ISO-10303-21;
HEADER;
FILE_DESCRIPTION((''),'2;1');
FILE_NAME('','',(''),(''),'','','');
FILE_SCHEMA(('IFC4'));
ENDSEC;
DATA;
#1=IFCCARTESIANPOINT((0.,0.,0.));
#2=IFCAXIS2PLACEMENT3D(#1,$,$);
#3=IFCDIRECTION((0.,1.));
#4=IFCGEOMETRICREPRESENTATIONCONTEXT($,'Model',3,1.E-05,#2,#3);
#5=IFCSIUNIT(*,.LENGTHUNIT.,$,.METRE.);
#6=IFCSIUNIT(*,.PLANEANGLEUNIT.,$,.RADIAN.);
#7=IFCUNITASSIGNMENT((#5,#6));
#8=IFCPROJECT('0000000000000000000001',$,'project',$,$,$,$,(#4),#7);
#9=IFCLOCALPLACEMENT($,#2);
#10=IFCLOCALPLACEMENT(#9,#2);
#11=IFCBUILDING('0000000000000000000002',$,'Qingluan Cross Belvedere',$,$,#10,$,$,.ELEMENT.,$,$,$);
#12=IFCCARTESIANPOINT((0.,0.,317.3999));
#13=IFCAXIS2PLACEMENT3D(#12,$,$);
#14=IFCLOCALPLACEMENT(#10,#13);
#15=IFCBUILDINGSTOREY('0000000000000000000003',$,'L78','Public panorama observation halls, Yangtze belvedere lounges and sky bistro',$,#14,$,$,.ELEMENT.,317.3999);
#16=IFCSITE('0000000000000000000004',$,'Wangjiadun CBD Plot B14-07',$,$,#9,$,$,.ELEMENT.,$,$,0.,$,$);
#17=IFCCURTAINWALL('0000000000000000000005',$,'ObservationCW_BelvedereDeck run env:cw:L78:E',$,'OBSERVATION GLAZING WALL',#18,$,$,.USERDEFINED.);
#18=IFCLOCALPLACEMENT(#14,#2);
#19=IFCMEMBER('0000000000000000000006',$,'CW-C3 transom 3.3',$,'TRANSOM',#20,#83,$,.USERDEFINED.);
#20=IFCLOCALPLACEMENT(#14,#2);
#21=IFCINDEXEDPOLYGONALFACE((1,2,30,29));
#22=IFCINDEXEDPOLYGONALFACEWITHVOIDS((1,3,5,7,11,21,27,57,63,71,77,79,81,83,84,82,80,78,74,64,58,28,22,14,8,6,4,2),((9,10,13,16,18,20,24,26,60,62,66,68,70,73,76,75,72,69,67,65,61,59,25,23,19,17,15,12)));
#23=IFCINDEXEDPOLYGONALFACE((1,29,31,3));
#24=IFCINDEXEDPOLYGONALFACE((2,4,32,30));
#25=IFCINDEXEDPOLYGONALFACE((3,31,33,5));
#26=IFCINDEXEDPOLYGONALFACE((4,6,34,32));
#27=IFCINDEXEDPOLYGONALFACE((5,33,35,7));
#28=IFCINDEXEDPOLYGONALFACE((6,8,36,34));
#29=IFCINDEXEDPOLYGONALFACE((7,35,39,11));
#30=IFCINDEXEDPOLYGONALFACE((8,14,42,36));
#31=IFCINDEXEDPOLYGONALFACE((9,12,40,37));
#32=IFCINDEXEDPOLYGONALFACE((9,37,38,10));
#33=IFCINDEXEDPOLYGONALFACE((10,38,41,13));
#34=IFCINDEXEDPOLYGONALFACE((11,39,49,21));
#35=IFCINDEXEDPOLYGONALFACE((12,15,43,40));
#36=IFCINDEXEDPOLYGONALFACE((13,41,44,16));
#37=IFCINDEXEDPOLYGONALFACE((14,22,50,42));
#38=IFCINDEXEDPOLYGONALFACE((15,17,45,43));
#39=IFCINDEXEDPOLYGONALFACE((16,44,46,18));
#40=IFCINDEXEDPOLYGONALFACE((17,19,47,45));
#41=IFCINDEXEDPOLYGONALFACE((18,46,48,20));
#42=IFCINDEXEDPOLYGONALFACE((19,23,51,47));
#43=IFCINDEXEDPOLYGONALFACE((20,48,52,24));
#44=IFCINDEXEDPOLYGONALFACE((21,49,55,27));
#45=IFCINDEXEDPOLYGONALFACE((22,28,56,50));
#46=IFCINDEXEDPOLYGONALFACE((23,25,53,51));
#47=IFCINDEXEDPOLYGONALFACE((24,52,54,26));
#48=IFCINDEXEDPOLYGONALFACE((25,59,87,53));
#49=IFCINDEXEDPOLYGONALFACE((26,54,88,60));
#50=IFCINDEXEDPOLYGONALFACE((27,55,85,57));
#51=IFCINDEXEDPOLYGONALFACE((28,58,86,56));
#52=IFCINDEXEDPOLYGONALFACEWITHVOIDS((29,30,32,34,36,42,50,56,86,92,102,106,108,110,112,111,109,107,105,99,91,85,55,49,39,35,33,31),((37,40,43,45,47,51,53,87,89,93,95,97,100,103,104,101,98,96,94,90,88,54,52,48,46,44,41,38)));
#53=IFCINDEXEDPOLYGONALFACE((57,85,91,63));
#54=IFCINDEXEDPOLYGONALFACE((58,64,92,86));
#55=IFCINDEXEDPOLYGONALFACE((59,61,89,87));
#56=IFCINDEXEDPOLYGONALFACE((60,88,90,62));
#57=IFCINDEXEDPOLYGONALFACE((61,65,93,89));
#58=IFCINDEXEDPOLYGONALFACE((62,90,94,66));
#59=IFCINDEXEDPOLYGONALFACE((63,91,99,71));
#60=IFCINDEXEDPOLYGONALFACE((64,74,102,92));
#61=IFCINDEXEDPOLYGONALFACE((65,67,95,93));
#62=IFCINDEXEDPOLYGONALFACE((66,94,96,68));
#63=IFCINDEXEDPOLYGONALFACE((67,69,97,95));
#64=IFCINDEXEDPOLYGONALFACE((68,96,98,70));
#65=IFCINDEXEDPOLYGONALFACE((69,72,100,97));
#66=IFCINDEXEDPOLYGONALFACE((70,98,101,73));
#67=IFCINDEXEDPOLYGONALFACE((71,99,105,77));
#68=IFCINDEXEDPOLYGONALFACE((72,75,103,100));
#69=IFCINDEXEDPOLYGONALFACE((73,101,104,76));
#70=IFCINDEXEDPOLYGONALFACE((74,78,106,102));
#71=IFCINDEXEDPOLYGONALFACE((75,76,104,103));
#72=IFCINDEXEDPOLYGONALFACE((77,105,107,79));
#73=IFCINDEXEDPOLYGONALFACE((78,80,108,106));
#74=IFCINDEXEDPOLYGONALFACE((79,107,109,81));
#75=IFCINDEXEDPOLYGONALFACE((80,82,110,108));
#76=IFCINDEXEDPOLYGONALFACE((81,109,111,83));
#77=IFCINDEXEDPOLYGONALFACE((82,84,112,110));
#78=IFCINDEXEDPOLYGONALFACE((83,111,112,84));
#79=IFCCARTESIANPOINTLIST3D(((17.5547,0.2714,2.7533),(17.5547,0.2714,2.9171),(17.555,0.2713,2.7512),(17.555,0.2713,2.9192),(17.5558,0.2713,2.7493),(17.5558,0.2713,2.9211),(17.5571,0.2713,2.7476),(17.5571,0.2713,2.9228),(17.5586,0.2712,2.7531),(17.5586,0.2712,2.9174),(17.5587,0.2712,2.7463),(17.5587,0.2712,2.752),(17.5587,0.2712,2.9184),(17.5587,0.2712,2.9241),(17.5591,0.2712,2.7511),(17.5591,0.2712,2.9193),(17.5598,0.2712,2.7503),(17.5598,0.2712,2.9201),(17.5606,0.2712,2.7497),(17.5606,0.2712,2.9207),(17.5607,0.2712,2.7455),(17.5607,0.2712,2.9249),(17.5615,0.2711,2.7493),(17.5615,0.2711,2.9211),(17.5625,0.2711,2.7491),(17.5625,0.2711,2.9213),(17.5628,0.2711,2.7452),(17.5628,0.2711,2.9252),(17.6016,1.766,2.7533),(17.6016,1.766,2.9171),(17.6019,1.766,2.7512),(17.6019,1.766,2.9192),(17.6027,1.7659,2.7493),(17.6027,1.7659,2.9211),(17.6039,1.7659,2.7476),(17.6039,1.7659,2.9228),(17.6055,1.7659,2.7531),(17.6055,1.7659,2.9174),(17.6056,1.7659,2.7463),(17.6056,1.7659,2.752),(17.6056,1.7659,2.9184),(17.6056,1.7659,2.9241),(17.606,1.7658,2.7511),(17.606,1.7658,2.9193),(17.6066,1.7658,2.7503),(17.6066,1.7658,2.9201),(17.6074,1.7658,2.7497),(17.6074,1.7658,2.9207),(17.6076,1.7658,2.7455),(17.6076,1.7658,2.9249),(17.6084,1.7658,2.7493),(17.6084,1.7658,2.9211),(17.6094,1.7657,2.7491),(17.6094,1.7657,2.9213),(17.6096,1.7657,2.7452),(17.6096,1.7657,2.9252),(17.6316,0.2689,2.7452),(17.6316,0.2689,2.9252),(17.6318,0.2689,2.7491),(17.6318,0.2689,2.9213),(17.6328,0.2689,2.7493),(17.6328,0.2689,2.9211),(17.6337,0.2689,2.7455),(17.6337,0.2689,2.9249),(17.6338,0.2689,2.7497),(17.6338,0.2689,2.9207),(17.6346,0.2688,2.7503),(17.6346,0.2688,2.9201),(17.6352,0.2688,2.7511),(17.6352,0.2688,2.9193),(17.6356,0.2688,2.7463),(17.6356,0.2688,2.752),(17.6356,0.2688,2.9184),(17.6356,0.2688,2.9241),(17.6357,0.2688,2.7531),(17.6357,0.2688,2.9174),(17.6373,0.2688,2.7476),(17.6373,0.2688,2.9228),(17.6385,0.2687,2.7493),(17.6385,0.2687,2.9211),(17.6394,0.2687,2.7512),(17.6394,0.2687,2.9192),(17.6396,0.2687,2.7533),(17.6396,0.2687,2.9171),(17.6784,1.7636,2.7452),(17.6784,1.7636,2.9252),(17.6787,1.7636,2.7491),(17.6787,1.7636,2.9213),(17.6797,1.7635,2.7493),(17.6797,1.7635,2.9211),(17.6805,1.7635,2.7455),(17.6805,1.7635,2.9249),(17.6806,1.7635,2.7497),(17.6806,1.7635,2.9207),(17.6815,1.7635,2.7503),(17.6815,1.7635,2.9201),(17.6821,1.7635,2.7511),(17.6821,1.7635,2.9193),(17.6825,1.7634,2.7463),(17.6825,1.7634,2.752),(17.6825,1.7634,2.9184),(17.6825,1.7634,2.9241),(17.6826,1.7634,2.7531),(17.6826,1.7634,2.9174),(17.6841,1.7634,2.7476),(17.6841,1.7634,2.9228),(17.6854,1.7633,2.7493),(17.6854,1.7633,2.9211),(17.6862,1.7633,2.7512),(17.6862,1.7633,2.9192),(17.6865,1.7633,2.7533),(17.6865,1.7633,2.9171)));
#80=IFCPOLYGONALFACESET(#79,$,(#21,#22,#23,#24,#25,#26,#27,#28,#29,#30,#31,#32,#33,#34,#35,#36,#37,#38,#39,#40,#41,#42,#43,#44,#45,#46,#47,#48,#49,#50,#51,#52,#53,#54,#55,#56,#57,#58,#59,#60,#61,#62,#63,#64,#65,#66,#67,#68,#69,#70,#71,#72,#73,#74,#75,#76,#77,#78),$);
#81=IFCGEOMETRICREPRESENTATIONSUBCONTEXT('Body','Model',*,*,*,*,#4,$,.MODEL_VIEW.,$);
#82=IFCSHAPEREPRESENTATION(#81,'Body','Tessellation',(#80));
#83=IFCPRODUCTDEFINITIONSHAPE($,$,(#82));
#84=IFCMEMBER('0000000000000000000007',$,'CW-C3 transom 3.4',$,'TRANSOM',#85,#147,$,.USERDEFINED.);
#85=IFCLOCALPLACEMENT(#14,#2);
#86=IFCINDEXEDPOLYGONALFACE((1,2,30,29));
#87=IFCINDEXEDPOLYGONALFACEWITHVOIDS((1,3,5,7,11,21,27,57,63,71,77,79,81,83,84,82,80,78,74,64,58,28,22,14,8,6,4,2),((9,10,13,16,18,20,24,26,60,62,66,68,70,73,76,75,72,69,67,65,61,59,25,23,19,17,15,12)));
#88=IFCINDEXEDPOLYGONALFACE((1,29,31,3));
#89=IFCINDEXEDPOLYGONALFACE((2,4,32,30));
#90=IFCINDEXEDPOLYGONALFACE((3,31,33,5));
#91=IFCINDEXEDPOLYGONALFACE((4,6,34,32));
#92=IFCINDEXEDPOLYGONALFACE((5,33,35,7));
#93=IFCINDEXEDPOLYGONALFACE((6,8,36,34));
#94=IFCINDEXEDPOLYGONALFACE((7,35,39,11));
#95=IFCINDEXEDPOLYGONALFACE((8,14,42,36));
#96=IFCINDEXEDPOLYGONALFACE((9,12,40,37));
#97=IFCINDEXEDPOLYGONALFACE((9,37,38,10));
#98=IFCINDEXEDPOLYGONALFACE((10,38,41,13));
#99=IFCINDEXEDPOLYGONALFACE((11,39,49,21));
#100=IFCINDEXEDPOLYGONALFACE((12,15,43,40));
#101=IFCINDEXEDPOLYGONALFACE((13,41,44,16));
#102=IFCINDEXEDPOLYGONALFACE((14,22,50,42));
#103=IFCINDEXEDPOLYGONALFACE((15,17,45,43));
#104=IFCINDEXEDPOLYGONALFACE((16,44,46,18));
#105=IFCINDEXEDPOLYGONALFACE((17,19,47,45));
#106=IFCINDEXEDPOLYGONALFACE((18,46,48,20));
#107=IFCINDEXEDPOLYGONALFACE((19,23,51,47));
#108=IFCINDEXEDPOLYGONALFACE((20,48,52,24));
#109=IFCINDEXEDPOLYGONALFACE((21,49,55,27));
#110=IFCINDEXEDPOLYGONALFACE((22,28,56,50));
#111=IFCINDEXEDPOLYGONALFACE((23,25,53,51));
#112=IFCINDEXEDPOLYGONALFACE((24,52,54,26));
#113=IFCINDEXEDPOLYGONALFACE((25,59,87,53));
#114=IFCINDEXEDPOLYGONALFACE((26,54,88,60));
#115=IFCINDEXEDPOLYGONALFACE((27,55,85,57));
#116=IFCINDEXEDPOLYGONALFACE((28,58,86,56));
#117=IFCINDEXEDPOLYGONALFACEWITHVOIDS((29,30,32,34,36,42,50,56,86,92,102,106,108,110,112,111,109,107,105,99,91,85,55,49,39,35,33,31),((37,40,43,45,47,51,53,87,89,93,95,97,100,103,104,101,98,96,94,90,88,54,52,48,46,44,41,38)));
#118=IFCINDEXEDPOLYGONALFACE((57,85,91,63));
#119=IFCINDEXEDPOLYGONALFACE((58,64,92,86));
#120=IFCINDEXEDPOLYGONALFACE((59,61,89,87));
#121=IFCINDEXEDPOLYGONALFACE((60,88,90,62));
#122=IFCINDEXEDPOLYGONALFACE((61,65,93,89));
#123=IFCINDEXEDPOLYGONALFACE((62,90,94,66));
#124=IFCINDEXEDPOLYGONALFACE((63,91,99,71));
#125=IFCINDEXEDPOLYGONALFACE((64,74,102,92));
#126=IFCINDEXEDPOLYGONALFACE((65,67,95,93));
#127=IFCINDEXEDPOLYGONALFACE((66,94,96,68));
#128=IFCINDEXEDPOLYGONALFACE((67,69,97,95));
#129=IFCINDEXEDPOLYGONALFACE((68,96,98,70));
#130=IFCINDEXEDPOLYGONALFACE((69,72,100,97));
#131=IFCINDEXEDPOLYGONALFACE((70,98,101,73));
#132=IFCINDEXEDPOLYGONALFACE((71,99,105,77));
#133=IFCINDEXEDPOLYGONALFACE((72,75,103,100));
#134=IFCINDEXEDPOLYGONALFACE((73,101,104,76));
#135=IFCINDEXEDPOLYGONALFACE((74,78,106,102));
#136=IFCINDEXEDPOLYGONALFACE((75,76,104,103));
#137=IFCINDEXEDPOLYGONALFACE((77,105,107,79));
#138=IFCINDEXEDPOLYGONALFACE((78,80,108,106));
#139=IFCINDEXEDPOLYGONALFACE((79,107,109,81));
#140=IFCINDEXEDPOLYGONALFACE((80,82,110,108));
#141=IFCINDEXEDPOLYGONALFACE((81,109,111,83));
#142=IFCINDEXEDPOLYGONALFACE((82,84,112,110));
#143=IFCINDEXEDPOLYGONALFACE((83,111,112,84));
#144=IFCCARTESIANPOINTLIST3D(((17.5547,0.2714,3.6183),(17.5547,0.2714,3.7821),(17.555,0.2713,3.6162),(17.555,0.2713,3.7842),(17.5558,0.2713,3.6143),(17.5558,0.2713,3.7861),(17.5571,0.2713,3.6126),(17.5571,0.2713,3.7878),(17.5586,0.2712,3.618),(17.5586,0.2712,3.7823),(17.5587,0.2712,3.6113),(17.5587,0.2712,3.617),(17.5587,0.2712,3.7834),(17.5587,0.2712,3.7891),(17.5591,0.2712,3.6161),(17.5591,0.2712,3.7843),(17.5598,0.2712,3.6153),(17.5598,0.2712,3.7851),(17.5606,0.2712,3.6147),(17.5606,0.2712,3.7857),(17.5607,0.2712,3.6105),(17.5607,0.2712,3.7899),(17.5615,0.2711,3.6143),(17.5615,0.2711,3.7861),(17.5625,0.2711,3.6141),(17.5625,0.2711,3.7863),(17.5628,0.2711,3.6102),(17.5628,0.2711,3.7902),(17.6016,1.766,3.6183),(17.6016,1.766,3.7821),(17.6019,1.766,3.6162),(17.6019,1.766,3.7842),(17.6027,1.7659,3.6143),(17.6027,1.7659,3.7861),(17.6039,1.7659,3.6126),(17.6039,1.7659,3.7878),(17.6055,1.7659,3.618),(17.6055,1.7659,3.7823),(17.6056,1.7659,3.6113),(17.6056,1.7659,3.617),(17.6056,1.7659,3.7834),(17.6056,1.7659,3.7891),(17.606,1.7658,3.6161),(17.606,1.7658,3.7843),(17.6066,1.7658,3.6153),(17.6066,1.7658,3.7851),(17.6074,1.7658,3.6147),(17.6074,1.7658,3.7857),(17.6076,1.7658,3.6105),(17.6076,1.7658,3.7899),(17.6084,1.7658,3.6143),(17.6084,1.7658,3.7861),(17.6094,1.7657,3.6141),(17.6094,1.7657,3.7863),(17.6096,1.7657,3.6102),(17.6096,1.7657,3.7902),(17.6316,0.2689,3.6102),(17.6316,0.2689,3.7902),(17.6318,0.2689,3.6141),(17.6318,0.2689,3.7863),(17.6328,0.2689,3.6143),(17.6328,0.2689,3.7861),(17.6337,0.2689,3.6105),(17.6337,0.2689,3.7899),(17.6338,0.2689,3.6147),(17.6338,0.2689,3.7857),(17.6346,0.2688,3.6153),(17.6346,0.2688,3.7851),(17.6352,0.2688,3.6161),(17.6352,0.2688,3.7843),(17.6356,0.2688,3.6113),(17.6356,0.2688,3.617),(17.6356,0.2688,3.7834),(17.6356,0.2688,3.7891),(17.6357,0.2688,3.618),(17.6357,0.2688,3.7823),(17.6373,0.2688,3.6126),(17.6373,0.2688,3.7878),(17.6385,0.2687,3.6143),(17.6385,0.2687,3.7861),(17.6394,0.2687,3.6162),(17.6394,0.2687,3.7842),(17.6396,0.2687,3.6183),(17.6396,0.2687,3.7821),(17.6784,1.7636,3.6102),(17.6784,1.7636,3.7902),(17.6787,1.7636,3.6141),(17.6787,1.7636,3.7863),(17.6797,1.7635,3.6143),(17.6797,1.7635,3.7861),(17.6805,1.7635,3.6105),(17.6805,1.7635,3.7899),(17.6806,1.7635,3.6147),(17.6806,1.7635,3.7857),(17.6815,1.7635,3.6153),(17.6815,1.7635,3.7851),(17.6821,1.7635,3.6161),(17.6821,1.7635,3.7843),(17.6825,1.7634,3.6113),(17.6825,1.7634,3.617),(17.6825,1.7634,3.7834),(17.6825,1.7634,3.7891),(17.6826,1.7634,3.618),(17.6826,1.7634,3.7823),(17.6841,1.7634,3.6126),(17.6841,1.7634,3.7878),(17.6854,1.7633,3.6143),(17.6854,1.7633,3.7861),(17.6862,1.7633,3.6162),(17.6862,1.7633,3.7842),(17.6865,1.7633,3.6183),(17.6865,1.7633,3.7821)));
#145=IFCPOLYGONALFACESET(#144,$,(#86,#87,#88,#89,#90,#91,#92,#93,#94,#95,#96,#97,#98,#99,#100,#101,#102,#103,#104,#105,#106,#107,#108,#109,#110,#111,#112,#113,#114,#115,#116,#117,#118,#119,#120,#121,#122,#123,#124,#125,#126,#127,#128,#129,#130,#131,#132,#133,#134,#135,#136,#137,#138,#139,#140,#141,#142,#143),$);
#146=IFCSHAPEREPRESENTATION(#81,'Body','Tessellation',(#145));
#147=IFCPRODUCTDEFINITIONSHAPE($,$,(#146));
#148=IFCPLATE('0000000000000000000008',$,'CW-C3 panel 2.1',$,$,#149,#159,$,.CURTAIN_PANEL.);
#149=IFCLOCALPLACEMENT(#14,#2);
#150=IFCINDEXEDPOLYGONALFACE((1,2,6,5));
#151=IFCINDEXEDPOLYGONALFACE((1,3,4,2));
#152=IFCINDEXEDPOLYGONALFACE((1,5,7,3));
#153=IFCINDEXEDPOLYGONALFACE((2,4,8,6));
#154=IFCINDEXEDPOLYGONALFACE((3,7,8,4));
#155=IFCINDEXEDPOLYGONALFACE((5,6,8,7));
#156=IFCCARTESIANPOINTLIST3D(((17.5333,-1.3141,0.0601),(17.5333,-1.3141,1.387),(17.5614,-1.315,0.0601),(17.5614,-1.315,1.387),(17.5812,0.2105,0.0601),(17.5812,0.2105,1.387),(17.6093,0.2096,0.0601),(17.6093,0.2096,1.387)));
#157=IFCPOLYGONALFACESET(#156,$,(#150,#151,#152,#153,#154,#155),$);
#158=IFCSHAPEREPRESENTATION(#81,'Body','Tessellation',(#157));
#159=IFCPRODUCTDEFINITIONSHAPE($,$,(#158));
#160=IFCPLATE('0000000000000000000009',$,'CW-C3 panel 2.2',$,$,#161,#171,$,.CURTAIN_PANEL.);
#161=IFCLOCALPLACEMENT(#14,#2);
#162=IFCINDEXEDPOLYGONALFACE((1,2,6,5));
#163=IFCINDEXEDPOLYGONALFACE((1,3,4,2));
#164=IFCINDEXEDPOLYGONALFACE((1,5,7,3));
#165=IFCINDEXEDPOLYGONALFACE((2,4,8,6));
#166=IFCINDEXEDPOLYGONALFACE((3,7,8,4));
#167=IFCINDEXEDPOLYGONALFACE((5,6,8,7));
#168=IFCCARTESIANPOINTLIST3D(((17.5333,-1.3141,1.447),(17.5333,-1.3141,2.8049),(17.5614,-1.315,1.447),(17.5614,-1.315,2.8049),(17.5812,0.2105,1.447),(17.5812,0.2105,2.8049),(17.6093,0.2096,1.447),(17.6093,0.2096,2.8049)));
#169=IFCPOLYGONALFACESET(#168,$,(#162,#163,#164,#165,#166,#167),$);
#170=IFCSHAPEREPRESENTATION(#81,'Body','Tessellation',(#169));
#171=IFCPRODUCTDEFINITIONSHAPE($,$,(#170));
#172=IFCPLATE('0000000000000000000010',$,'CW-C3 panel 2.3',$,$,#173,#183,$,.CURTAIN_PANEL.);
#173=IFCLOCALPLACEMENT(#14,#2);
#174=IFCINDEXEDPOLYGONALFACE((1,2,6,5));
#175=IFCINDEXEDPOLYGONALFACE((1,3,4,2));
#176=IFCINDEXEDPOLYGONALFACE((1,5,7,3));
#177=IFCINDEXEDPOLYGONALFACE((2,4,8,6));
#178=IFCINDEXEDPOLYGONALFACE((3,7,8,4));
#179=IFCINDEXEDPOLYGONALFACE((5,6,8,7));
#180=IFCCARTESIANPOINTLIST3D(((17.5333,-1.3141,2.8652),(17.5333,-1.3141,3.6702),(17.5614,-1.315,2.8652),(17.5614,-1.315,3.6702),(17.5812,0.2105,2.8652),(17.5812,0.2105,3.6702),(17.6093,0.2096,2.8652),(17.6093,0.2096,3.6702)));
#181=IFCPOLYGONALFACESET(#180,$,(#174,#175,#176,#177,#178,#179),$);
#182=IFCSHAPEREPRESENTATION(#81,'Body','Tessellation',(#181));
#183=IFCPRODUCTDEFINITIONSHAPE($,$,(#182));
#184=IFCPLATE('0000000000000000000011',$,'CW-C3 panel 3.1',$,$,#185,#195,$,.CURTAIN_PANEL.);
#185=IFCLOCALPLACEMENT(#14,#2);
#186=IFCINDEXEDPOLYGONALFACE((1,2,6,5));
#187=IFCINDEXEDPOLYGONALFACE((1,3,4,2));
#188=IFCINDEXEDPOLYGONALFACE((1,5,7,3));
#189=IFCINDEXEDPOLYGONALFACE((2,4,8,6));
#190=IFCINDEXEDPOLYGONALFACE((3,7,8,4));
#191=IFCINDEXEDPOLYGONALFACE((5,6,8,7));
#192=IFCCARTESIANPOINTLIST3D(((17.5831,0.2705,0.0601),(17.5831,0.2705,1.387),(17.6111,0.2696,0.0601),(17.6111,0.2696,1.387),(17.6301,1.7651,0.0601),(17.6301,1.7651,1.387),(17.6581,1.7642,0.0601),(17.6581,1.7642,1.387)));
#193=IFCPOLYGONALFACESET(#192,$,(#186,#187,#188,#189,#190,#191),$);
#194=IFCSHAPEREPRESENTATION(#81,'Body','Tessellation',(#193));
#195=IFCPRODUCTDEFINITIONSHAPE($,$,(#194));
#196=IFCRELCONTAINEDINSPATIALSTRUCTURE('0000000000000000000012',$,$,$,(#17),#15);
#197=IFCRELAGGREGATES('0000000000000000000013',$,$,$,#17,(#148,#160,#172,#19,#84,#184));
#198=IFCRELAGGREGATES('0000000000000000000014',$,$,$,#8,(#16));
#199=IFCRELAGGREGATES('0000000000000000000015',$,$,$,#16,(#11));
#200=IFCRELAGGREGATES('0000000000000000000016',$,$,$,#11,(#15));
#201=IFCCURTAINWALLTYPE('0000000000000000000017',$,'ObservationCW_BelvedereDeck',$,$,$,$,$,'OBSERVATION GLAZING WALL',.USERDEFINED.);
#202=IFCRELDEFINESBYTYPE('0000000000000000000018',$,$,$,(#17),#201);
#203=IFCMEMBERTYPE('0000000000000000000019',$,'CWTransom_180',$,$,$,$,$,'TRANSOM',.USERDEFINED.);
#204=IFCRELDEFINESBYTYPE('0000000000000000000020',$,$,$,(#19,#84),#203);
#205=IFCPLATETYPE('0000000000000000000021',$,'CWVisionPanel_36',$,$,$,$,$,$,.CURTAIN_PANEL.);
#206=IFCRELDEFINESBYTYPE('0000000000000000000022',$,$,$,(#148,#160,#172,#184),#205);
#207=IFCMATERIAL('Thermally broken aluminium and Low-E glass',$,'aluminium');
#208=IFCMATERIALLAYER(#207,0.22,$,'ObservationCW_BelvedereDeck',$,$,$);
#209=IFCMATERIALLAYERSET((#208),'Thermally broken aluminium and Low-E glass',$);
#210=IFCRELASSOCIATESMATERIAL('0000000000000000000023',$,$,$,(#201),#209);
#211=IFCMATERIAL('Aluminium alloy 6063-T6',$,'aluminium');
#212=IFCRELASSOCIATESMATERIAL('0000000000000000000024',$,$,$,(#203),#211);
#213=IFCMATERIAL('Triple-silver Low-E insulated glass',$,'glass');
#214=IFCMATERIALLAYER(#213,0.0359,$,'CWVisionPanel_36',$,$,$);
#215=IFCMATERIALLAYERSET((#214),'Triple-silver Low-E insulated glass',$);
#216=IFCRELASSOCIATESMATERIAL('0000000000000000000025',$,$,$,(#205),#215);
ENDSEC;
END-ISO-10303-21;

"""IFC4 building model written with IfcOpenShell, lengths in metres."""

from ifc_helpers import new_model, si_unit, direction, frame, origin, origin_2d, place, context, subcontext, project, spatial, rectangle, hollow_rectangle, extrude, material, layer, layer_set, material_profile, profile_set, type_object, element, aggregate, save


model = new_model("IFC4")

# Units and contexts
model_context = context("Model", 3, precision=1e-05, world=origin(), true_north=direction((0.0, 1.0)))
body_context = subcontext(model_context, "Body", "Model", "MODEL_VIEW")
ifc_project = project(units=[si_unit("LENGTHUNIT", "METRE"), si_unit("PLANEANGLEUNIT", "RADIAN")], contexts=[model_context])

# Site, building, storey
site_placement = place(None, origin())
site = spatial("IfcSite", under=ifc_project, at=site_placement, Name="Wangjiadun CBD Plot B14-07", CompositionType="ELEMENT", RefElevation=0.0)
building_placement = place(site_placement, origin())
building = spatial("IfcBuilding", under=site, at=building_placement, Name="Qingluan Cross Belvedere", CompositionType="ELEMENT")
storey_placement = place(building_placement, frame((0.0, 0.0, 317.3999)))
storey = spatial("IfcBuildingStorey", under=building, at=storey_placement, Name="L78", Description="Public panorama observation halls, Yangtze belvedere lounges and sky bistro", CompositionType="ELEMENT", Elevation=317.3999)

# Curtain wall, members, plates
ifc_material_1 = material(Name="Thermally broken aluminium and Low-E glass", Category="aluminium")
ifc_layer_1 = layer(ifc_material_1, 0.22, Name="ObservationCW_BelvedereDeck")
ifc_layer_set_1 = layer_set([ifc_layer_1], Name="Thermally broken aluminium and Low-E glass")
curtain_wall_type = type_object("IfcCurtainWallType", Name="ObservationCW_BelvedereDeck", ElementType="OBSERVATION GLAZING WALL", PredefinedType="USERDEFINED", material=ifc_layer_set_1)
curtain_wall_placement = place(storey_placement, origin())
curtain_wall = element("IfcCurtainWall", 1, at=curtain_wall_placement, inside=storey, type_object=curtain_wall_type, Name="ObservationCW_BelvedereDeck run env:cw:L78:E", ObjectType="OBSERVATION GLAZING WALL", PredefinedType="USERDEFINED")
ifc_material_2 = material(Name="Aluminium alloy 6063-T6", Category="aluminium")
ifc_material_profile_1 = material_profile(ifc_material_2, hollow_rectangle(XDim=0.085, YDim=0.1799, WallThickness=0.0039, InnerFilletRadius=0.0039, OuterFilletRadius=0.0081, at=origin_2d()), Name="CWT180x85x4")
ifc_profile_set_1 = profile_set([ifc_material_profile_1], Name="Aluminium alloy 6063-T6")
member_type_1 = type_object("IfcMemberType", Name="CWTransom_180", ElementType="TRANSOM", PredefinedType="USERDEFINED", material=ifc_profile_set_1)
member_1_placement = place(storey_placement, frame((17.5972, 0.27, 2.8352), z_axis=(0.031347, 0.999509, 0.0), x_axis=(-0.999509, 0.031347, 0.0)))
member_1 = element("IfcMember", 2, at=member_1_placement, type_object=member_type_1, Name="CW-C3 transom 3.3", ObjectType="TRANSOM", PredefinedType="USERDEFINED", context=body_context, shape_type="SweptSolid", body=[
    extrude(hollow_rectangle(XDim=0.085, YDim=0.1799, WallThickness=0.0039, InnerFilletRadius=0.0039, OuterFilletRadius=0.0081, at=origin_2d()), origin(), (0.0, 0.0, 1.0), 1.4954),
])
member_2_placement = place(storey_placement, frame((17.5972, 0.27, 3.7002), z_axis=(0.031347, 0.999509, 0.0), x_axis=(-0.999509, 0.031347, 0.0)))
member_2 = element("IfcMember", 3, at=member_2_placement, type_object=member_type_1, Name="CW-C3 transom 3.4", ObjectType="TRANSOM", PredefinedType="USERDEFINED", context=body_context, shape_type="SweptSolid", body=[
    extrude(hollow_rectangle(XDim=0.085, YDim=0.1799, WallThickness=0.0039, InnerFilletRadius=0.0039, OuterFilletRadius=0.0081, at=origin_2d()), origin(), (0.0, 0.0, 1.0), 1.4954),
])
ifc_material_3 = material(Name="Triple-silver Low-E insulated glass", Category="glass")
ifc_layer_2 = layer(ifc_material_3, 0.0359, Name="CWVisionPanel_36")
ifc_layer_set_2 = layer_set([ifc_layer_2], Name="Triple-silver Low-E insulated glass")
plate_type = type_object("IfcPlateType", Name="CWVisionPanel_36", PredefinedType="CURTAIN_PANEL", material=ifc_layer_set_2)
plate_1_placement = place(storey_placement, frame((17.5713, -0.5522, 0.0601), z_axis=(0.0, 0.0, 1.0), x_axis=(0.031413, 0.999506, 0.0)))
plate_1 = element("IfcPlate", 4, at=plate_1_placement, type_object=plate_type, Name="CW-C3 panel 2.1", PredefinedType="CURTAIN_PANEL", context=body_context, shape_type="SweptSolid", body=[
    extrude(rectangle(XDim=1.5254, YDim=0.0281, at=origin_2d()), origin(), (0.0, 0.0, 1.0), 1.3269),
])
plate_2_placement = place(storey_placement, frame((17.5713, -0.5522, 1.447), z_axis=(0.0, 0.0, 1.0), x_axis=(0.031413, 0.999506, 0.0)))
plate_2 = element("IfcPlate", 5, at=plate_2_placement, type_object=plate_type, Name="CW-C3 panel 2.2", PredefinedType="CURTAIN_PANEL", context=body_context, shape_type="SweptSolid", body=[
    extrude(rectangle(XDim=1.5254, YDim=0.0281, at=origin_2d()), origin(), (0.0, 0.0, 1.0), 1.3579),
])
plate_3_placement = place(storey_placement, frame((17.5713, -0.5522, 2.8652), z_axis=(0.0, 0.0, 1.0), x_axis=(0.031413, 0.999506, 0.0)))
plate_3 = element("IfcPlate", 6, at=plate_3_placement, type_object=plate_type, Name="CW-C3 panel 2.3", PredefinedType="CURTAIN_PANEL", context=body_context, shape_type="SweptSolid", body=[
    extrude(rectangle(XDim=1.5254, YDim=0.0281, at=origin_2d()), origin(), (0.0, 0.0, 1.0), 0.8049),
])
plate_4_placement = place(storey_placement, frame((17.6206, 1.0173, 0.0601), z_axis=(0.0, 0.0, 1.0), x_axis=(0.031413, 0.999506, 0.0)))
plate_4 = element("IfcPlate", 7, at=plate_4_placement, type_object=plate_type, Name="CW-C3 panel 3.1", PredefinedType="CURTAIN_PANEL", context=body_context, shape_type="SweptSolid", body=[
    extrude(rectangle(XDim=1.4954, YDim=0.0281, at=origin_2d()), origin(), (0.0, 0.0, 1.0), 1.3269),
])
aggregate(curtain_wall, [plate_1, plate_2, plate_3, member_1, member_2, plate_4])

save(model, "model.ifc")
